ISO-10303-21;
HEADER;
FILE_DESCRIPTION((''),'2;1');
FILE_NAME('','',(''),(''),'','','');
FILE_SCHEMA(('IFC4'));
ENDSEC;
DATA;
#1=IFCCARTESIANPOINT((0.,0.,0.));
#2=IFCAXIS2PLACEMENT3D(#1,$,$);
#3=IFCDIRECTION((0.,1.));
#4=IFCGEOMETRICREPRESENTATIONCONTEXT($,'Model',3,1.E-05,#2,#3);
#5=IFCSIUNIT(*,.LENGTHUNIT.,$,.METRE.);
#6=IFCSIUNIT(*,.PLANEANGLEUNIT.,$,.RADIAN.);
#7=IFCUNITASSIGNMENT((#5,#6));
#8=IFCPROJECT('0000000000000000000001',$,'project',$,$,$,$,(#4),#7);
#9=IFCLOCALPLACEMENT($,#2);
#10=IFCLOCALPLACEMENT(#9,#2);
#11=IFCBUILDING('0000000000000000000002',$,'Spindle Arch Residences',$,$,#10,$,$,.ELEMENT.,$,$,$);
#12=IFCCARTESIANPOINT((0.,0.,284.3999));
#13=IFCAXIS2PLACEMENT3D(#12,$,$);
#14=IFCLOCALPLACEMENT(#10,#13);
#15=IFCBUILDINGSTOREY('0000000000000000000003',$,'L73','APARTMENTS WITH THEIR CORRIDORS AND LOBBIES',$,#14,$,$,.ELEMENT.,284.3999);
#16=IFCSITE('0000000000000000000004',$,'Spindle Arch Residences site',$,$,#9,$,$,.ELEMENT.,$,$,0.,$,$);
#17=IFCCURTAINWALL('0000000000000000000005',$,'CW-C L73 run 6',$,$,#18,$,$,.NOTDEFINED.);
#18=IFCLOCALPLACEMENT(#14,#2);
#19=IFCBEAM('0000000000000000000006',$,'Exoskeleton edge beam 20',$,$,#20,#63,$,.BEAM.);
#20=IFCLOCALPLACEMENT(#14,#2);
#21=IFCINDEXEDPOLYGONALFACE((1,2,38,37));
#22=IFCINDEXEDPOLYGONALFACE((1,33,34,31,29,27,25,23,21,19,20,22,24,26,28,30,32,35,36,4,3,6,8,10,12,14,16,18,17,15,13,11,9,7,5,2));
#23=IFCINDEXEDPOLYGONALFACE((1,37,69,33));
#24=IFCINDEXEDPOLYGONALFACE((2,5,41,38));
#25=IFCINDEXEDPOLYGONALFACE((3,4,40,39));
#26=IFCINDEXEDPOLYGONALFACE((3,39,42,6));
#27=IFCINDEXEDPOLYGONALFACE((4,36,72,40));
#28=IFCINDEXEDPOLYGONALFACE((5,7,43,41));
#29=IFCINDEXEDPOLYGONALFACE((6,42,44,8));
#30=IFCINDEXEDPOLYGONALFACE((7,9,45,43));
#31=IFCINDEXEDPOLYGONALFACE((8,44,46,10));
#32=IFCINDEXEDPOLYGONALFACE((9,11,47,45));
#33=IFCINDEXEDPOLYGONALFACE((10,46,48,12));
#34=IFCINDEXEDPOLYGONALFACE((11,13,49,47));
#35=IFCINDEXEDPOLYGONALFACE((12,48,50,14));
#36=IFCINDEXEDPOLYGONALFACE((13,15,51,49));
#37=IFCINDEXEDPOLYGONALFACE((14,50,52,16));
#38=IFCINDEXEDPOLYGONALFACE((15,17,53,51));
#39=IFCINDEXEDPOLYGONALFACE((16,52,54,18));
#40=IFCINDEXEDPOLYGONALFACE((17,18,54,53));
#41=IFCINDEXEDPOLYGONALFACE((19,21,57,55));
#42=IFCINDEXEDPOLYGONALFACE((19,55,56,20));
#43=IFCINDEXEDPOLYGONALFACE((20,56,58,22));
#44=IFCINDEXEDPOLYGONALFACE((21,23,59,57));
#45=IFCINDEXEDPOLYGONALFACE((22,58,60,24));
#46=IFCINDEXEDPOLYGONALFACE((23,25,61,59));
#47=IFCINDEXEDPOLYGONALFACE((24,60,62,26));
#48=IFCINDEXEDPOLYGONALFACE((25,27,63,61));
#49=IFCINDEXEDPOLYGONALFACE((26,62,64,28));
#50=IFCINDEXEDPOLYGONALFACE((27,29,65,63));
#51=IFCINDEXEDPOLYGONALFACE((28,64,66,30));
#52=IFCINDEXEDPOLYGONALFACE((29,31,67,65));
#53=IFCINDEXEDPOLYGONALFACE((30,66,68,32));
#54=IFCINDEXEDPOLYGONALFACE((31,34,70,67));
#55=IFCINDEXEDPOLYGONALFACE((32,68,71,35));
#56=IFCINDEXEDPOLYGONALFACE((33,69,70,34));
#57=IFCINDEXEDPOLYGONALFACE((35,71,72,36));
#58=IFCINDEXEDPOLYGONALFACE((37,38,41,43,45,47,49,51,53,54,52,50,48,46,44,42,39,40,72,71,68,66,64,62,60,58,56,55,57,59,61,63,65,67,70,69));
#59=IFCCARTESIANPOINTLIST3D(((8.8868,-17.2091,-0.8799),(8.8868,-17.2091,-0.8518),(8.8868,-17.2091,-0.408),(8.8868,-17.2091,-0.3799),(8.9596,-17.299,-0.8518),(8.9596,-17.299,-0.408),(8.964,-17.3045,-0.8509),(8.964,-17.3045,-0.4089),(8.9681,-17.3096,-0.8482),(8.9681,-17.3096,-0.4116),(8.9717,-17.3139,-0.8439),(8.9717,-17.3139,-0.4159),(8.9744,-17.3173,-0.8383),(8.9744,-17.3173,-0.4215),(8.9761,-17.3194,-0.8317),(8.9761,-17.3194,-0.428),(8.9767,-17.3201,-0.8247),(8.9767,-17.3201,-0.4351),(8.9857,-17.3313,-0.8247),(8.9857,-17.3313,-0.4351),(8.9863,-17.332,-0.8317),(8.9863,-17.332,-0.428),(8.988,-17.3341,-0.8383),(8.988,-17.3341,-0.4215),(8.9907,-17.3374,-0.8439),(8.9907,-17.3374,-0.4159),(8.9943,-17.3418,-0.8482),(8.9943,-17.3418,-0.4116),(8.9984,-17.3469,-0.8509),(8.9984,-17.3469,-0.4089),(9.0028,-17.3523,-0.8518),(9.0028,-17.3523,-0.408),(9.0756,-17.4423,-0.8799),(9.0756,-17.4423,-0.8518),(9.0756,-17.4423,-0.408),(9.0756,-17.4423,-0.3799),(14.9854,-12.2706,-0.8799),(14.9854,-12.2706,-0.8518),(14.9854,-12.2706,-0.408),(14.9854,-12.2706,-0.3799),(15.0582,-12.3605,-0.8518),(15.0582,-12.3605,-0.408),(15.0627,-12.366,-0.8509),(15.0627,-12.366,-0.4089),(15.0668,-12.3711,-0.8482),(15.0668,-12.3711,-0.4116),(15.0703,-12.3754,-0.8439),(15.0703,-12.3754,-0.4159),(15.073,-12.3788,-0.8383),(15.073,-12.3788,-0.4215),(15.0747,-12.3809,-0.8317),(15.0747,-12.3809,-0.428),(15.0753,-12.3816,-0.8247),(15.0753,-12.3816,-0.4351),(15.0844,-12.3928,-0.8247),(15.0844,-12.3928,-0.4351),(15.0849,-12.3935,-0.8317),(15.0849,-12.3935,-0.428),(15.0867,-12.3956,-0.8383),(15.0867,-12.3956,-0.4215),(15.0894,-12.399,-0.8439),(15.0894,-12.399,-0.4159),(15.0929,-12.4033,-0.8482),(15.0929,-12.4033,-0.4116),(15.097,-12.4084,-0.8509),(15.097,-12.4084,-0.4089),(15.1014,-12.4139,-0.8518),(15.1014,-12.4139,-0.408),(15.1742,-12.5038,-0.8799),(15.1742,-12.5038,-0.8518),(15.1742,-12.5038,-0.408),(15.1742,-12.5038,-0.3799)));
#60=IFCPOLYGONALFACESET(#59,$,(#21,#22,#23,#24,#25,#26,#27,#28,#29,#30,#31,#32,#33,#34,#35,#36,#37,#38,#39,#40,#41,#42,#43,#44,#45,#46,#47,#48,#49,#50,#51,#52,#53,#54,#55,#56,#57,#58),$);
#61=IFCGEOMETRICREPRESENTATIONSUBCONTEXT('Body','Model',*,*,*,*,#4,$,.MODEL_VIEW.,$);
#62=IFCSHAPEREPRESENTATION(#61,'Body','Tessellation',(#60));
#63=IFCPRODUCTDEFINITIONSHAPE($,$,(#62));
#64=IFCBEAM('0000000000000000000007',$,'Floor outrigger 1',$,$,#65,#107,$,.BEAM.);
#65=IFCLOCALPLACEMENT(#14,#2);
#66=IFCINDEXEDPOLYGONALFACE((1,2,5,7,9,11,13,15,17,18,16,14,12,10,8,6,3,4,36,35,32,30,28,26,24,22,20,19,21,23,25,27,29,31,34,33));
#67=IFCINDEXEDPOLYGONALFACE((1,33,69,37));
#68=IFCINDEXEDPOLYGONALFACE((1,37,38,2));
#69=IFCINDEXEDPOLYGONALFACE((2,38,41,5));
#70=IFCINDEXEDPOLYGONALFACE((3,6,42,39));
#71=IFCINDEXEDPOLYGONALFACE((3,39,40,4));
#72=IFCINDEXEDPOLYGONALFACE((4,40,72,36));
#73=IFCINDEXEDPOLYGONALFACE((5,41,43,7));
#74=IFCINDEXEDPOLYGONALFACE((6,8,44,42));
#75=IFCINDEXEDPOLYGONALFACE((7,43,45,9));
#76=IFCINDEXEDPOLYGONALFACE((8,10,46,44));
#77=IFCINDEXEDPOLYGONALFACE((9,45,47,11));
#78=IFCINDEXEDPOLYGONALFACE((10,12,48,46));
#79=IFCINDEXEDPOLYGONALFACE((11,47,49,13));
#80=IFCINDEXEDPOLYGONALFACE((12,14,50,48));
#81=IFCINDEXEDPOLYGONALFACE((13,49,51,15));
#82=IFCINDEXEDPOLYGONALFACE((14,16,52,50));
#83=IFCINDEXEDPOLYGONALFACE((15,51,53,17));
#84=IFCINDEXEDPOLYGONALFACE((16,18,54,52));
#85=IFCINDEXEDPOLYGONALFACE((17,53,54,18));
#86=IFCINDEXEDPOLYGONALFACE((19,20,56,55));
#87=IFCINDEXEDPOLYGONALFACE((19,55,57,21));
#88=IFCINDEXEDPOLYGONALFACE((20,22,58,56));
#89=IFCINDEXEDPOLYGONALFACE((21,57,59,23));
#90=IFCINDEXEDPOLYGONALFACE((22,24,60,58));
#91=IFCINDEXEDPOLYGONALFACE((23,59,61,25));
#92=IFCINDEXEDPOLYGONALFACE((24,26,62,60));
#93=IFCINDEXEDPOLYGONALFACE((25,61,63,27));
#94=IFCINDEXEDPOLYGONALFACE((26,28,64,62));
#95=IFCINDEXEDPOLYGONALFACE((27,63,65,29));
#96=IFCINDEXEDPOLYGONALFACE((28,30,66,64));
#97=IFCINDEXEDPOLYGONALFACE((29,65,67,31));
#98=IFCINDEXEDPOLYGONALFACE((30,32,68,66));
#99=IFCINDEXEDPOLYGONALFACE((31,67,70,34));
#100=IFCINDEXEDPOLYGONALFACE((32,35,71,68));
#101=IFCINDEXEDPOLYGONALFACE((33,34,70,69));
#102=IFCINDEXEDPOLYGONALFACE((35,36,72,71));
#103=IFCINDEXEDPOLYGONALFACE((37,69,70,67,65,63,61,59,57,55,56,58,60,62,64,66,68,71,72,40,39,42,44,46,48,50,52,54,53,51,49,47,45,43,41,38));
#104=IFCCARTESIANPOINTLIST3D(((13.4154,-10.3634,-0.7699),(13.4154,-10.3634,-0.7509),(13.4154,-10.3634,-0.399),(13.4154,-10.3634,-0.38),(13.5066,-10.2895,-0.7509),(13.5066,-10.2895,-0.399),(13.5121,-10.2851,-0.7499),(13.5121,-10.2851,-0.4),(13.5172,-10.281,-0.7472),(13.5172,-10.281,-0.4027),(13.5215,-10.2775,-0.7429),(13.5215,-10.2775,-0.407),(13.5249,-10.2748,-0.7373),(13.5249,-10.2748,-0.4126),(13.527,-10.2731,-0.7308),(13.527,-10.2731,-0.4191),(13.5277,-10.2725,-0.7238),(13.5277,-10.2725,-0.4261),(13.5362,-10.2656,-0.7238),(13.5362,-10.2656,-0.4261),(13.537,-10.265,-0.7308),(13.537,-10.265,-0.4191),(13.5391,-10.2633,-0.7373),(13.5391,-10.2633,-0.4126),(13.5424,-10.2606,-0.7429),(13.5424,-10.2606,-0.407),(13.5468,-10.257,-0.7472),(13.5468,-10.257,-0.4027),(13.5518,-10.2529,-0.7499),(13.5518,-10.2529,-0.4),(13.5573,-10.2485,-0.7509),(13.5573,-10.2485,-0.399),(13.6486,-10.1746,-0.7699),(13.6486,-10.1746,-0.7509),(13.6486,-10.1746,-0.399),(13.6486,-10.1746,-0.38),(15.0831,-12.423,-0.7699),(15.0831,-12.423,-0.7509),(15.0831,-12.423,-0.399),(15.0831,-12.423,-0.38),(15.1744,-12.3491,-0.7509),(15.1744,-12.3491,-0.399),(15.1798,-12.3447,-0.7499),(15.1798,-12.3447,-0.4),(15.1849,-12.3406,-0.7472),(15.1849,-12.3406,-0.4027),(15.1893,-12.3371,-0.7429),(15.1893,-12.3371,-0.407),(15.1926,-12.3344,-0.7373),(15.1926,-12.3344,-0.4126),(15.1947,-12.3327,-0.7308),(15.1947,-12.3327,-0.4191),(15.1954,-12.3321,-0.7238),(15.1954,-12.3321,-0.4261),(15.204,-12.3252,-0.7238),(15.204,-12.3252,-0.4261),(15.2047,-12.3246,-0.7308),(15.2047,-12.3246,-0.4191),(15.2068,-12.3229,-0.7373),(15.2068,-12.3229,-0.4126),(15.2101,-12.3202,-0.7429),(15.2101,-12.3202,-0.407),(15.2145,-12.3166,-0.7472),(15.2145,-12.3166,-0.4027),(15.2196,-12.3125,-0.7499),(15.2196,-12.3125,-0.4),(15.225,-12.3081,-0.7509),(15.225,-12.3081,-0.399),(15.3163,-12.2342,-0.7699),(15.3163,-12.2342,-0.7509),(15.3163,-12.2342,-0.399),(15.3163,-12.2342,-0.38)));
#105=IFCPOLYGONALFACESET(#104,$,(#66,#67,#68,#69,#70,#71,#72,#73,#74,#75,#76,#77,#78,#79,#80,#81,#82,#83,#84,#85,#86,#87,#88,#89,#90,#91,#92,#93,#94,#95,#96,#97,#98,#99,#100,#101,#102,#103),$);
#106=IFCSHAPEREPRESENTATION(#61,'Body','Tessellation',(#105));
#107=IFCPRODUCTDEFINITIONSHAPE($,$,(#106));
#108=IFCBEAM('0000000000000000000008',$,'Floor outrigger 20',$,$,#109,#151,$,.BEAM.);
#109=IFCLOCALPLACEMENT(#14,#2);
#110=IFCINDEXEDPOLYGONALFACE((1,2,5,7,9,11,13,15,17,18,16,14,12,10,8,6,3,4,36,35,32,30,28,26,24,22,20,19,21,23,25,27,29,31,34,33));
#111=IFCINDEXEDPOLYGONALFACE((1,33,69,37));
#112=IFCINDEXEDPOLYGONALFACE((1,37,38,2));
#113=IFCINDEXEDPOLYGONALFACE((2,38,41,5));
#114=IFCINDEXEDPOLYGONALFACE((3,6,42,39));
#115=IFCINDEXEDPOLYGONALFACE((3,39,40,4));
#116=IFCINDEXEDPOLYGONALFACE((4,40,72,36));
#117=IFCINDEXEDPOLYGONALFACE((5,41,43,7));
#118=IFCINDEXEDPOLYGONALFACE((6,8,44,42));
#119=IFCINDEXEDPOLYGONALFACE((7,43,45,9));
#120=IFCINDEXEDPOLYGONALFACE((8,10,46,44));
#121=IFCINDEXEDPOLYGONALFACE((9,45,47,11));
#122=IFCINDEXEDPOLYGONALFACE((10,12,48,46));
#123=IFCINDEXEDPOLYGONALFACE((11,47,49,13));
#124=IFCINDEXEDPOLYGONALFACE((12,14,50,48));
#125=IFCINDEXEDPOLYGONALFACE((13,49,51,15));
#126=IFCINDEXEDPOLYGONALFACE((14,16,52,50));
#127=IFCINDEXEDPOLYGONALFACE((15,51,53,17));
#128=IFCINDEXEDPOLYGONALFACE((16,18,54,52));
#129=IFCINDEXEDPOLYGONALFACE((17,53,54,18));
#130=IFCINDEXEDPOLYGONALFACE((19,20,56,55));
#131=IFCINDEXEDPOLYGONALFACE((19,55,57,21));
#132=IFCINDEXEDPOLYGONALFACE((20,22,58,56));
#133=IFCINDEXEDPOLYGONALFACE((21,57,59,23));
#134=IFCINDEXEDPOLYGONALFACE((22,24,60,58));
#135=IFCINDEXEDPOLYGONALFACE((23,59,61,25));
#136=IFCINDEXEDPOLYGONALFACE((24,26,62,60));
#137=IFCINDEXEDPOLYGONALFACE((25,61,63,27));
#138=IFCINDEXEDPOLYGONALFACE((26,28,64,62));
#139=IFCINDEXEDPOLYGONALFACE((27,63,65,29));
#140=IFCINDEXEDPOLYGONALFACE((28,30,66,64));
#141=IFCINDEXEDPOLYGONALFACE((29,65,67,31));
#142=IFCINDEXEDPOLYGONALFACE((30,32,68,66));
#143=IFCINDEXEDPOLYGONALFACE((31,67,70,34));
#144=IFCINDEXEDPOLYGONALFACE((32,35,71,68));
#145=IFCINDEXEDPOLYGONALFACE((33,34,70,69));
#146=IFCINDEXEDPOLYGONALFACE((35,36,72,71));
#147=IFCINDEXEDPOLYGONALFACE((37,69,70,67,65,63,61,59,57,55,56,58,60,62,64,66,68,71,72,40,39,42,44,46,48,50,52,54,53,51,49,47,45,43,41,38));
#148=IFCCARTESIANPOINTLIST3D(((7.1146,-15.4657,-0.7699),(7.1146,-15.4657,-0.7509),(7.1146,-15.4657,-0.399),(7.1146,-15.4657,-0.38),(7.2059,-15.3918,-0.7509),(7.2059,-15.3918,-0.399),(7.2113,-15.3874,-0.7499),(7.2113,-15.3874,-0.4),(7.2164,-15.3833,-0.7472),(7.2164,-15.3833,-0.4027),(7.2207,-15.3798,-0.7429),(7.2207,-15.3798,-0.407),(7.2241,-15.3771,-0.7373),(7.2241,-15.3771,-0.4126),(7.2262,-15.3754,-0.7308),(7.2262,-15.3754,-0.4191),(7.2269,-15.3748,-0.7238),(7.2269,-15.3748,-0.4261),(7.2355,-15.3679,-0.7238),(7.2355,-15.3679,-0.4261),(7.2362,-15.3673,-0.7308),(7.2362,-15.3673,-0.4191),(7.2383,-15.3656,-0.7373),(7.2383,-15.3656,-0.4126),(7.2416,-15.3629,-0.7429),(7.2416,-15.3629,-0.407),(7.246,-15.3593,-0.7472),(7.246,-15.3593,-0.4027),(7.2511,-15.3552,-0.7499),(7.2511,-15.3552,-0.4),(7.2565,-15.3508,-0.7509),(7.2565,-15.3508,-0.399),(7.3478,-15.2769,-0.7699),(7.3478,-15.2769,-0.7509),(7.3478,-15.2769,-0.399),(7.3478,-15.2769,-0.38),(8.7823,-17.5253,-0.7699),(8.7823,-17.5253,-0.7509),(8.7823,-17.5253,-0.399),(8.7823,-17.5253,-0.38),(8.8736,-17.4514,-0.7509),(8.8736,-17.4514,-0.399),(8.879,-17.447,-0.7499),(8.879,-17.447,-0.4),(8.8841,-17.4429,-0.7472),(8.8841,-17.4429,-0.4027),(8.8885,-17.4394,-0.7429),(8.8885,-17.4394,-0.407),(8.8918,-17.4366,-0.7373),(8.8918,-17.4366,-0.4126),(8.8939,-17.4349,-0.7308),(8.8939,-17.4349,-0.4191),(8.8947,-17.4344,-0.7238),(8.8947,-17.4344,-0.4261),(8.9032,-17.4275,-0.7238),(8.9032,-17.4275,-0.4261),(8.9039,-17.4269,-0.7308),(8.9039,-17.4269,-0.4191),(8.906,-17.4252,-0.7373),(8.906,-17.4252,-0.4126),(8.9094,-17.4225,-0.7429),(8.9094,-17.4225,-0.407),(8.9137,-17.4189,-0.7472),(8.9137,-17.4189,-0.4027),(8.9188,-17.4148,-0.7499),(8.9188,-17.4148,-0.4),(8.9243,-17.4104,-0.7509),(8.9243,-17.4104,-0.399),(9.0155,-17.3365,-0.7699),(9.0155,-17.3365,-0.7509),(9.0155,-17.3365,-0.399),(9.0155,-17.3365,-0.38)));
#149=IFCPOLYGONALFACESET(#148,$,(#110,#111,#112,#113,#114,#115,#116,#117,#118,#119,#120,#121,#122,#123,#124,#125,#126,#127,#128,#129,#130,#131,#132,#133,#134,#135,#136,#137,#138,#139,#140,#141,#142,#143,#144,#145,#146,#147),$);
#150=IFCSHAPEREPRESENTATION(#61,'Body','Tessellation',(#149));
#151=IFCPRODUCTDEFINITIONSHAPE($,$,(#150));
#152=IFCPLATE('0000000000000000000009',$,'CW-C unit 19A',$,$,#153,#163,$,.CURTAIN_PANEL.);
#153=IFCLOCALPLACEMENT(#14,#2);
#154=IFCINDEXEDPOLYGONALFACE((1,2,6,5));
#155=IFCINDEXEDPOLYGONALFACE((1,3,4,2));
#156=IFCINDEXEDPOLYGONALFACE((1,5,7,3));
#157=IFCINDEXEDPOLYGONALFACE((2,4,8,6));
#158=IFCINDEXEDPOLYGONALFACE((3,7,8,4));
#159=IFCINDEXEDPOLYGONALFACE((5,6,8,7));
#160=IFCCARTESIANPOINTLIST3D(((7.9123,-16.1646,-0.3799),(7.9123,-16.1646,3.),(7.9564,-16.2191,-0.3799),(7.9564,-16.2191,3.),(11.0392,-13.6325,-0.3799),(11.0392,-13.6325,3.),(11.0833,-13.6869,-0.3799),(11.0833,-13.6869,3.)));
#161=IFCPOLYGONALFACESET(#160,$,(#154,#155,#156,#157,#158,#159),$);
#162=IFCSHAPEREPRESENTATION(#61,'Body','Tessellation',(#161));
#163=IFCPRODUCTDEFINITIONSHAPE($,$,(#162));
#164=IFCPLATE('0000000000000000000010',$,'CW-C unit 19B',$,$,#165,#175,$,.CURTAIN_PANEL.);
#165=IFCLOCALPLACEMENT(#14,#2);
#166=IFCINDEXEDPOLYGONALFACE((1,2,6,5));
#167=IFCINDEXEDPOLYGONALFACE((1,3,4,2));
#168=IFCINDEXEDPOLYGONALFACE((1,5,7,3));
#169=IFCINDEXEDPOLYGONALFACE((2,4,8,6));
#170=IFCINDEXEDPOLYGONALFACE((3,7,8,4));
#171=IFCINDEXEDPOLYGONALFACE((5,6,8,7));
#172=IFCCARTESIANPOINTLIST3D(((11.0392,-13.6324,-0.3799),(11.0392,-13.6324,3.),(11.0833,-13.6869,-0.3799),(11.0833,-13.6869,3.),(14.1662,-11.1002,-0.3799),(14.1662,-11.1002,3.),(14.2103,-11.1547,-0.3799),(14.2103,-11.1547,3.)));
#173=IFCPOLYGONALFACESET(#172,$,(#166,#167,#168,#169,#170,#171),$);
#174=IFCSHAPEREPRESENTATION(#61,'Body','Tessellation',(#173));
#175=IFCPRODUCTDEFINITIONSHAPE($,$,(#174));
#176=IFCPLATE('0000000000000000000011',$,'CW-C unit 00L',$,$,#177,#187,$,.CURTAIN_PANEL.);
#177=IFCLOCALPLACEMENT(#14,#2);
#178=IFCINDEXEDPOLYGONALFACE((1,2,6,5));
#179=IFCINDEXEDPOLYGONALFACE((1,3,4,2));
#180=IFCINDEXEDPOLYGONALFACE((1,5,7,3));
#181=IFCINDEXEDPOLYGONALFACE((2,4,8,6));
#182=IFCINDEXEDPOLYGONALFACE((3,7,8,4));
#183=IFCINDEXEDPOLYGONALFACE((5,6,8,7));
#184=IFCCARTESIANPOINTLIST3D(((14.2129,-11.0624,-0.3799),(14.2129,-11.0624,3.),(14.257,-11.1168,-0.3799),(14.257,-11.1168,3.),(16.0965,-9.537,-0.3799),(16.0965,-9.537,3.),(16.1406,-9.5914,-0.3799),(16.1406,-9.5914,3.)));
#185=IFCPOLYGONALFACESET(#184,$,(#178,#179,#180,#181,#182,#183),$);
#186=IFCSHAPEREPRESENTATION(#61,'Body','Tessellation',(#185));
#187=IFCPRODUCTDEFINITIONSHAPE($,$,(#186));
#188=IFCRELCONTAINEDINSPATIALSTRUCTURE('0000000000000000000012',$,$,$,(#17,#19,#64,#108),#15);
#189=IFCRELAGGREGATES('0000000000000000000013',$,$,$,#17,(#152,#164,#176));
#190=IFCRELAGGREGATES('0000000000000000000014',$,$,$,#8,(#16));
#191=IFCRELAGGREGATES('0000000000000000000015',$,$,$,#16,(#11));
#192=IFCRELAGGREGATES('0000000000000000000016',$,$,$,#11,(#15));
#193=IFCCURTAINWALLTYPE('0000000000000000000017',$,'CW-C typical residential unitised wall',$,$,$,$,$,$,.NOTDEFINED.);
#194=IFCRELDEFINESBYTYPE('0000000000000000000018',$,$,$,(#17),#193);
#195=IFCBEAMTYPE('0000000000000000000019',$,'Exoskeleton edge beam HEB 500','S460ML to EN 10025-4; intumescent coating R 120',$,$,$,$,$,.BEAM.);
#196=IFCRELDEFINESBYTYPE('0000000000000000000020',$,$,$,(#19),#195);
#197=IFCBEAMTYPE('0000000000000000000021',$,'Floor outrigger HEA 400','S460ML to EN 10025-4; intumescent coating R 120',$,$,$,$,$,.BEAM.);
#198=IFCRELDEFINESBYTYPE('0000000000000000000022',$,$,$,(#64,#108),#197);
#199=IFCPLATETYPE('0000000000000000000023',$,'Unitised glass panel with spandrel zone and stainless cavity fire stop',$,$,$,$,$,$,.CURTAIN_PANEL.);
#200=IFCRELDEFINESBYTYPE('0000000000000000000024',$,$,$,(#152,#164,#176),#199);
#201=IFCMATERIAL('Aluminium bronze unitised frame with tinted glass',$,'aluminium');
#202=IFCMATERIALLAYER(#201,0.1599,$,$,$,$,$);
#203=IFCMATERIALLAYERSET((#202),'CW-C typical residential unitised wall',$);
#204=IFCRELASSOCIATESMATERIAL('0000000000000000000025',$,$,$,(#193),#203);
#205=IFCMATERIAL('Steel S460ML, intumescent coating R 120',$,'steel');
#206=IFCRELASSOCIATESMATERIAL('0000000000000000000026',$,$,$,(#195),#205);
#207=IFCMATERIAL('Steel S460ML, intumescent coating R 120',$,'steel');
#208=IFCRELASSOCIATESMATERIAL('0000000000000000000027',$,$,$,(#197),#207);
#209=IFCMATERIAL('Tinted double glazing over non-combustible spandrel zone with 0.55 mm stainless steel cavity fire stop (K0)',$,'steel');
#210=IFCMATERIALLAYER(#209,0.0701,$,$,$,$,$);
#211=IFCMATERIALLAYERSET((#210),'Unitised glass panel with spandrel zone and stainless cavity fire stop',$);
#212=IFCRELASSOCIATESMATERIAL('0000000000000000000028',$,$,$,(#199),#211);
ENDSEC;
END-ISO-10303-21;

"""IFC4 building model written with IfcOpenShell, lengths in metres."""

from ifc_helpers import new_model, si_unit, direction, frame, origin, origin_2d, place, context, subcontext, project, spatial, rectangle, i_section, extrude, material, layer, layer_set, material_profile, profile_set, type_object, element, aggregate, save


model = new_model("IFC4")

# Units and contexts
model_context = context("Model", 3, precision=1e-05, world=origin(), true_north=direction((0.0, 1.0)))
body_context = subcontext(model_context, "Body", "Model", "MODEL_VIEW")
ifc_project = project(units=[si_unit("LENGTHUNIT", "METRE"), si_unit("PLANEANGLEUNIT", "RADIAN")], contexts=[model_context])

# Site, building, storey
site_placement = place(None, origin())
site = spatial("IfcSite", under=ifc_project, at=site_placement, Name="Spindle Arch Residences site", CompositionType="ELEMENT", RefElevation=0.0)
building_placement = place(site_placement, origin())
building = spatial("IfcBuilding", under=site, at=building_placement, Name="Spindle Arch Residences", CompositionType="ELEMENT")
storey_placement = place(building_placement, frame((0.0, 0.0, 284.3999)))
storey = spatial("IfcBuildingStorey", under=building, at=storey_placement, Name="L73", Description="APARTMENTS WITH THEIR CORRIDORS AND LOBBIES", CompositionType="ELEMENT", Elevation=284.3999)

# Curtain wall
ifc_material_1 = material(Name="Aluminium bronze unitised frame with tinted glass", Category="aluminium")
ifc_layer_1 = layer(ifc_material_1, 0.1599)
ifc_layer_set_1 = layer_set([ifc_layer_1], Name="CW-C typical residential unitised wall")
curtain_wall_type = type_object("IfcCurtainWallType", Name="CW-C typical residential unitised wall", PredefinedType="NOTDEFINED", material=ifc_layer_set_1)
curtain_wall_placement = place(storey_placement, origin())
curtain_wall = element("IfcCurtainWall", 1, at=curtain_wall_placement, inside=storey, type_object=curtain_wall_type, Name="CW-C L73 run 6", PredefinedType="NOTDEFINED")

# Beams
ifc_material_2 = material(Name="Steel S460ML, intumescent coating R 120", Category="steel")
ifc_material_profile_1 = material_profile(ifc_material_2, i_section(OverallWidth=0.3, OverallDepth=0.5, WebThickness=0.0144, FlangeThickness=0.0281, FilletRadius=0.0271, at=origin_2d()), Name="HEB 500")
ifc_profile_set_1 = profile_set([ifc_material_profile_1], Name="Steel S460ML, intumescent coating R 120")
beam_type_1 = type_object("IfcBeamType", Name="Exoskeleton edge beam HEB 500", Description="S460ML to EN 10025-4; intumescent coating R 120", PredefinedType="BEAM", material=ifc_profile_set_1)
for number, where, z_axis, x_axis, name in (
    (2, (8.9812, -17.3257, -0.6299), (0.777152, 0.629313, 0.0), (-0.629313, 0.777152, 0.0), "Exoskeleton edge beam 20"),
):
    element("IfcBeam", number, at=place(storey_placement, frame(where, z_axis=z_axis, x_axis=x_axis)), inside=storey, type_object=beam_type_1, Name=name, PredefinedType="BEAM", context=body_context, shape_type="SweptSolid", body=[
        extrude(i_section(OverallWidth=0.3, OverallDepth=0.5, WebThickness=0.0144, FlangeThickness=0.0281, FilletRadius=0.0271, at=origin_2d()), origin(), (0.0, 0.0, 1.0), 7.8474),
    ])
ifc_material_3 = material(Name="Steel S460ML, intumescent coating R 120", Category="steel")
ifc_material_profile_2 = material_profile(ifc_material_3, i_section(OverallWidth=0.3, OverallDepth=0.3899, WebThickness=0.011, FlangeThickness=0.019, FilletRadius=0.0271, at=origin_2d()), Name="HEA 400")
ifc_profile_set_2 = profile_set([ifc_material_profile_2], Name="Steel S460ML, intumescent coating R 120")
beam_type_2 = type_object("IfcBeamType", Name="Floor outrigger HEA 400", Description="S460ML to EN 10025-4; intumescent coating R 120", PredefinedType="BEAM", material=ifc_profile_set_2)
for number, where, z_axis, x_axis, name in (
    (3, (15.1997, -12.3286, -0.575), (-0.629302, 0.777161, 0.0), (-0.777161, -0.629302, 0.0), "Floor outrigger 1"),
    (4, (8.8989, -17.4309, -0.575), (-0.629302, 0.777161, 0.0), (-0.777161, -0.629302, 0.0), "Floor outrigger 20"),
):
    element("IfcBeam", number, at=place(storey_placement, frame(where, z_axis=z_axis, x_axis=x_axis)), inside=storey, type_object=beam_type_2, Name=name, PredefinedType="BEAM", context=body_context, shape_type="SweptSolid", body=[
        extrude(i_section(OverallWidth=0.3, OverallDepth=0.3899, WebThickness=0.011, FlangeThickness=0.019, FilletRadius=0.0271, at=origin_2d()), origin(), (0.0, 0.0, 1.0), 2.6501),
    ])

# Plates
ifc_material_4 = material(Name="Tinted double glazing over non-combustible spandrel zone with 0.55 mm stainless steel cavity fire stop (K0)", Category="steel")
ifc_layer_2 = layer(ifc_material_4, 0.0701)
ifc_layer_set_2 = layer_set([ifc_layer_2], Name="Unitised glass panel with spandrel zone and stainless cavity fire stop")
plate_type = type_object("IfcPlateType", Name="Unitised glass panel with spandrel zone and stainless cavity fire stop", PredefinedType="CURTAIN_PANEL", material=ifc_layer_set_2)
plate_1_placement = place(storey_placement, frame((9.4978, -14.9258, -0.3799), z_axis=(0.0, 0.0, 1.0), x_axis=(0.777146, 0.62932, 0.0)))
plate_1 = element("IfcPlate", 5, at=plate_1_placement, type_object=plate_type, Name="CW-C unit 19A", PredefinedType="CURTAIN_PANEL", context=body_context, shape_type="SweptSolid", body=[
    extrude(rectangle(XDim=4.0237, YDim=0.0701, at=origin_2d()), origin(), (0.0, 0.0, 1.0), 3.3799),
])
plate_2_placement = place(storey_placement, frame((12.6248, -12.3936, -0.3799), z_axis=(0.0, 0.0, 1.0), x_axis=(0.777146, 0.62932, 0.0)))
plate_2 = element("IfcPlate", 6, at=plate_2_placement, type_object=plate_type, Name="CW-C unit 19B", PredefinedType="CURTAIN_PANEL", context=body_context, shape_type="SweptSolid", body=[
    extrude(rectangle(XDim=4.0237, YDim=0.0701, at=origin_2d()), origin(), (0.0, 0.0, 1.0), 3.3799),
])
plate_3_placement = place(storey_placement, frame((15.1768, -10.3269, -0.3799), z_axis=(0.0, 0.0, 1.0), x_axis=(0.777146, 0.62932, 0.0)))
plate_3 = element("IfcPlate", 7, at=plate_3_placement, type_object=plate_type, Name="CW-C unit 00L", PredefinedType="CURTAIN_PANEL", context=body_context, shape_type="SweptSolid", body=[
    extrude(rectangle(XDim=2.4238, YDim=0.0701, at=origin_2d()), origin(), (0.0, 0.0, 1.0), 3.3799),
])
aggregate(curtain_wall, [plate_1, plate_2, plate_3])

save(model, "model.ifc")
